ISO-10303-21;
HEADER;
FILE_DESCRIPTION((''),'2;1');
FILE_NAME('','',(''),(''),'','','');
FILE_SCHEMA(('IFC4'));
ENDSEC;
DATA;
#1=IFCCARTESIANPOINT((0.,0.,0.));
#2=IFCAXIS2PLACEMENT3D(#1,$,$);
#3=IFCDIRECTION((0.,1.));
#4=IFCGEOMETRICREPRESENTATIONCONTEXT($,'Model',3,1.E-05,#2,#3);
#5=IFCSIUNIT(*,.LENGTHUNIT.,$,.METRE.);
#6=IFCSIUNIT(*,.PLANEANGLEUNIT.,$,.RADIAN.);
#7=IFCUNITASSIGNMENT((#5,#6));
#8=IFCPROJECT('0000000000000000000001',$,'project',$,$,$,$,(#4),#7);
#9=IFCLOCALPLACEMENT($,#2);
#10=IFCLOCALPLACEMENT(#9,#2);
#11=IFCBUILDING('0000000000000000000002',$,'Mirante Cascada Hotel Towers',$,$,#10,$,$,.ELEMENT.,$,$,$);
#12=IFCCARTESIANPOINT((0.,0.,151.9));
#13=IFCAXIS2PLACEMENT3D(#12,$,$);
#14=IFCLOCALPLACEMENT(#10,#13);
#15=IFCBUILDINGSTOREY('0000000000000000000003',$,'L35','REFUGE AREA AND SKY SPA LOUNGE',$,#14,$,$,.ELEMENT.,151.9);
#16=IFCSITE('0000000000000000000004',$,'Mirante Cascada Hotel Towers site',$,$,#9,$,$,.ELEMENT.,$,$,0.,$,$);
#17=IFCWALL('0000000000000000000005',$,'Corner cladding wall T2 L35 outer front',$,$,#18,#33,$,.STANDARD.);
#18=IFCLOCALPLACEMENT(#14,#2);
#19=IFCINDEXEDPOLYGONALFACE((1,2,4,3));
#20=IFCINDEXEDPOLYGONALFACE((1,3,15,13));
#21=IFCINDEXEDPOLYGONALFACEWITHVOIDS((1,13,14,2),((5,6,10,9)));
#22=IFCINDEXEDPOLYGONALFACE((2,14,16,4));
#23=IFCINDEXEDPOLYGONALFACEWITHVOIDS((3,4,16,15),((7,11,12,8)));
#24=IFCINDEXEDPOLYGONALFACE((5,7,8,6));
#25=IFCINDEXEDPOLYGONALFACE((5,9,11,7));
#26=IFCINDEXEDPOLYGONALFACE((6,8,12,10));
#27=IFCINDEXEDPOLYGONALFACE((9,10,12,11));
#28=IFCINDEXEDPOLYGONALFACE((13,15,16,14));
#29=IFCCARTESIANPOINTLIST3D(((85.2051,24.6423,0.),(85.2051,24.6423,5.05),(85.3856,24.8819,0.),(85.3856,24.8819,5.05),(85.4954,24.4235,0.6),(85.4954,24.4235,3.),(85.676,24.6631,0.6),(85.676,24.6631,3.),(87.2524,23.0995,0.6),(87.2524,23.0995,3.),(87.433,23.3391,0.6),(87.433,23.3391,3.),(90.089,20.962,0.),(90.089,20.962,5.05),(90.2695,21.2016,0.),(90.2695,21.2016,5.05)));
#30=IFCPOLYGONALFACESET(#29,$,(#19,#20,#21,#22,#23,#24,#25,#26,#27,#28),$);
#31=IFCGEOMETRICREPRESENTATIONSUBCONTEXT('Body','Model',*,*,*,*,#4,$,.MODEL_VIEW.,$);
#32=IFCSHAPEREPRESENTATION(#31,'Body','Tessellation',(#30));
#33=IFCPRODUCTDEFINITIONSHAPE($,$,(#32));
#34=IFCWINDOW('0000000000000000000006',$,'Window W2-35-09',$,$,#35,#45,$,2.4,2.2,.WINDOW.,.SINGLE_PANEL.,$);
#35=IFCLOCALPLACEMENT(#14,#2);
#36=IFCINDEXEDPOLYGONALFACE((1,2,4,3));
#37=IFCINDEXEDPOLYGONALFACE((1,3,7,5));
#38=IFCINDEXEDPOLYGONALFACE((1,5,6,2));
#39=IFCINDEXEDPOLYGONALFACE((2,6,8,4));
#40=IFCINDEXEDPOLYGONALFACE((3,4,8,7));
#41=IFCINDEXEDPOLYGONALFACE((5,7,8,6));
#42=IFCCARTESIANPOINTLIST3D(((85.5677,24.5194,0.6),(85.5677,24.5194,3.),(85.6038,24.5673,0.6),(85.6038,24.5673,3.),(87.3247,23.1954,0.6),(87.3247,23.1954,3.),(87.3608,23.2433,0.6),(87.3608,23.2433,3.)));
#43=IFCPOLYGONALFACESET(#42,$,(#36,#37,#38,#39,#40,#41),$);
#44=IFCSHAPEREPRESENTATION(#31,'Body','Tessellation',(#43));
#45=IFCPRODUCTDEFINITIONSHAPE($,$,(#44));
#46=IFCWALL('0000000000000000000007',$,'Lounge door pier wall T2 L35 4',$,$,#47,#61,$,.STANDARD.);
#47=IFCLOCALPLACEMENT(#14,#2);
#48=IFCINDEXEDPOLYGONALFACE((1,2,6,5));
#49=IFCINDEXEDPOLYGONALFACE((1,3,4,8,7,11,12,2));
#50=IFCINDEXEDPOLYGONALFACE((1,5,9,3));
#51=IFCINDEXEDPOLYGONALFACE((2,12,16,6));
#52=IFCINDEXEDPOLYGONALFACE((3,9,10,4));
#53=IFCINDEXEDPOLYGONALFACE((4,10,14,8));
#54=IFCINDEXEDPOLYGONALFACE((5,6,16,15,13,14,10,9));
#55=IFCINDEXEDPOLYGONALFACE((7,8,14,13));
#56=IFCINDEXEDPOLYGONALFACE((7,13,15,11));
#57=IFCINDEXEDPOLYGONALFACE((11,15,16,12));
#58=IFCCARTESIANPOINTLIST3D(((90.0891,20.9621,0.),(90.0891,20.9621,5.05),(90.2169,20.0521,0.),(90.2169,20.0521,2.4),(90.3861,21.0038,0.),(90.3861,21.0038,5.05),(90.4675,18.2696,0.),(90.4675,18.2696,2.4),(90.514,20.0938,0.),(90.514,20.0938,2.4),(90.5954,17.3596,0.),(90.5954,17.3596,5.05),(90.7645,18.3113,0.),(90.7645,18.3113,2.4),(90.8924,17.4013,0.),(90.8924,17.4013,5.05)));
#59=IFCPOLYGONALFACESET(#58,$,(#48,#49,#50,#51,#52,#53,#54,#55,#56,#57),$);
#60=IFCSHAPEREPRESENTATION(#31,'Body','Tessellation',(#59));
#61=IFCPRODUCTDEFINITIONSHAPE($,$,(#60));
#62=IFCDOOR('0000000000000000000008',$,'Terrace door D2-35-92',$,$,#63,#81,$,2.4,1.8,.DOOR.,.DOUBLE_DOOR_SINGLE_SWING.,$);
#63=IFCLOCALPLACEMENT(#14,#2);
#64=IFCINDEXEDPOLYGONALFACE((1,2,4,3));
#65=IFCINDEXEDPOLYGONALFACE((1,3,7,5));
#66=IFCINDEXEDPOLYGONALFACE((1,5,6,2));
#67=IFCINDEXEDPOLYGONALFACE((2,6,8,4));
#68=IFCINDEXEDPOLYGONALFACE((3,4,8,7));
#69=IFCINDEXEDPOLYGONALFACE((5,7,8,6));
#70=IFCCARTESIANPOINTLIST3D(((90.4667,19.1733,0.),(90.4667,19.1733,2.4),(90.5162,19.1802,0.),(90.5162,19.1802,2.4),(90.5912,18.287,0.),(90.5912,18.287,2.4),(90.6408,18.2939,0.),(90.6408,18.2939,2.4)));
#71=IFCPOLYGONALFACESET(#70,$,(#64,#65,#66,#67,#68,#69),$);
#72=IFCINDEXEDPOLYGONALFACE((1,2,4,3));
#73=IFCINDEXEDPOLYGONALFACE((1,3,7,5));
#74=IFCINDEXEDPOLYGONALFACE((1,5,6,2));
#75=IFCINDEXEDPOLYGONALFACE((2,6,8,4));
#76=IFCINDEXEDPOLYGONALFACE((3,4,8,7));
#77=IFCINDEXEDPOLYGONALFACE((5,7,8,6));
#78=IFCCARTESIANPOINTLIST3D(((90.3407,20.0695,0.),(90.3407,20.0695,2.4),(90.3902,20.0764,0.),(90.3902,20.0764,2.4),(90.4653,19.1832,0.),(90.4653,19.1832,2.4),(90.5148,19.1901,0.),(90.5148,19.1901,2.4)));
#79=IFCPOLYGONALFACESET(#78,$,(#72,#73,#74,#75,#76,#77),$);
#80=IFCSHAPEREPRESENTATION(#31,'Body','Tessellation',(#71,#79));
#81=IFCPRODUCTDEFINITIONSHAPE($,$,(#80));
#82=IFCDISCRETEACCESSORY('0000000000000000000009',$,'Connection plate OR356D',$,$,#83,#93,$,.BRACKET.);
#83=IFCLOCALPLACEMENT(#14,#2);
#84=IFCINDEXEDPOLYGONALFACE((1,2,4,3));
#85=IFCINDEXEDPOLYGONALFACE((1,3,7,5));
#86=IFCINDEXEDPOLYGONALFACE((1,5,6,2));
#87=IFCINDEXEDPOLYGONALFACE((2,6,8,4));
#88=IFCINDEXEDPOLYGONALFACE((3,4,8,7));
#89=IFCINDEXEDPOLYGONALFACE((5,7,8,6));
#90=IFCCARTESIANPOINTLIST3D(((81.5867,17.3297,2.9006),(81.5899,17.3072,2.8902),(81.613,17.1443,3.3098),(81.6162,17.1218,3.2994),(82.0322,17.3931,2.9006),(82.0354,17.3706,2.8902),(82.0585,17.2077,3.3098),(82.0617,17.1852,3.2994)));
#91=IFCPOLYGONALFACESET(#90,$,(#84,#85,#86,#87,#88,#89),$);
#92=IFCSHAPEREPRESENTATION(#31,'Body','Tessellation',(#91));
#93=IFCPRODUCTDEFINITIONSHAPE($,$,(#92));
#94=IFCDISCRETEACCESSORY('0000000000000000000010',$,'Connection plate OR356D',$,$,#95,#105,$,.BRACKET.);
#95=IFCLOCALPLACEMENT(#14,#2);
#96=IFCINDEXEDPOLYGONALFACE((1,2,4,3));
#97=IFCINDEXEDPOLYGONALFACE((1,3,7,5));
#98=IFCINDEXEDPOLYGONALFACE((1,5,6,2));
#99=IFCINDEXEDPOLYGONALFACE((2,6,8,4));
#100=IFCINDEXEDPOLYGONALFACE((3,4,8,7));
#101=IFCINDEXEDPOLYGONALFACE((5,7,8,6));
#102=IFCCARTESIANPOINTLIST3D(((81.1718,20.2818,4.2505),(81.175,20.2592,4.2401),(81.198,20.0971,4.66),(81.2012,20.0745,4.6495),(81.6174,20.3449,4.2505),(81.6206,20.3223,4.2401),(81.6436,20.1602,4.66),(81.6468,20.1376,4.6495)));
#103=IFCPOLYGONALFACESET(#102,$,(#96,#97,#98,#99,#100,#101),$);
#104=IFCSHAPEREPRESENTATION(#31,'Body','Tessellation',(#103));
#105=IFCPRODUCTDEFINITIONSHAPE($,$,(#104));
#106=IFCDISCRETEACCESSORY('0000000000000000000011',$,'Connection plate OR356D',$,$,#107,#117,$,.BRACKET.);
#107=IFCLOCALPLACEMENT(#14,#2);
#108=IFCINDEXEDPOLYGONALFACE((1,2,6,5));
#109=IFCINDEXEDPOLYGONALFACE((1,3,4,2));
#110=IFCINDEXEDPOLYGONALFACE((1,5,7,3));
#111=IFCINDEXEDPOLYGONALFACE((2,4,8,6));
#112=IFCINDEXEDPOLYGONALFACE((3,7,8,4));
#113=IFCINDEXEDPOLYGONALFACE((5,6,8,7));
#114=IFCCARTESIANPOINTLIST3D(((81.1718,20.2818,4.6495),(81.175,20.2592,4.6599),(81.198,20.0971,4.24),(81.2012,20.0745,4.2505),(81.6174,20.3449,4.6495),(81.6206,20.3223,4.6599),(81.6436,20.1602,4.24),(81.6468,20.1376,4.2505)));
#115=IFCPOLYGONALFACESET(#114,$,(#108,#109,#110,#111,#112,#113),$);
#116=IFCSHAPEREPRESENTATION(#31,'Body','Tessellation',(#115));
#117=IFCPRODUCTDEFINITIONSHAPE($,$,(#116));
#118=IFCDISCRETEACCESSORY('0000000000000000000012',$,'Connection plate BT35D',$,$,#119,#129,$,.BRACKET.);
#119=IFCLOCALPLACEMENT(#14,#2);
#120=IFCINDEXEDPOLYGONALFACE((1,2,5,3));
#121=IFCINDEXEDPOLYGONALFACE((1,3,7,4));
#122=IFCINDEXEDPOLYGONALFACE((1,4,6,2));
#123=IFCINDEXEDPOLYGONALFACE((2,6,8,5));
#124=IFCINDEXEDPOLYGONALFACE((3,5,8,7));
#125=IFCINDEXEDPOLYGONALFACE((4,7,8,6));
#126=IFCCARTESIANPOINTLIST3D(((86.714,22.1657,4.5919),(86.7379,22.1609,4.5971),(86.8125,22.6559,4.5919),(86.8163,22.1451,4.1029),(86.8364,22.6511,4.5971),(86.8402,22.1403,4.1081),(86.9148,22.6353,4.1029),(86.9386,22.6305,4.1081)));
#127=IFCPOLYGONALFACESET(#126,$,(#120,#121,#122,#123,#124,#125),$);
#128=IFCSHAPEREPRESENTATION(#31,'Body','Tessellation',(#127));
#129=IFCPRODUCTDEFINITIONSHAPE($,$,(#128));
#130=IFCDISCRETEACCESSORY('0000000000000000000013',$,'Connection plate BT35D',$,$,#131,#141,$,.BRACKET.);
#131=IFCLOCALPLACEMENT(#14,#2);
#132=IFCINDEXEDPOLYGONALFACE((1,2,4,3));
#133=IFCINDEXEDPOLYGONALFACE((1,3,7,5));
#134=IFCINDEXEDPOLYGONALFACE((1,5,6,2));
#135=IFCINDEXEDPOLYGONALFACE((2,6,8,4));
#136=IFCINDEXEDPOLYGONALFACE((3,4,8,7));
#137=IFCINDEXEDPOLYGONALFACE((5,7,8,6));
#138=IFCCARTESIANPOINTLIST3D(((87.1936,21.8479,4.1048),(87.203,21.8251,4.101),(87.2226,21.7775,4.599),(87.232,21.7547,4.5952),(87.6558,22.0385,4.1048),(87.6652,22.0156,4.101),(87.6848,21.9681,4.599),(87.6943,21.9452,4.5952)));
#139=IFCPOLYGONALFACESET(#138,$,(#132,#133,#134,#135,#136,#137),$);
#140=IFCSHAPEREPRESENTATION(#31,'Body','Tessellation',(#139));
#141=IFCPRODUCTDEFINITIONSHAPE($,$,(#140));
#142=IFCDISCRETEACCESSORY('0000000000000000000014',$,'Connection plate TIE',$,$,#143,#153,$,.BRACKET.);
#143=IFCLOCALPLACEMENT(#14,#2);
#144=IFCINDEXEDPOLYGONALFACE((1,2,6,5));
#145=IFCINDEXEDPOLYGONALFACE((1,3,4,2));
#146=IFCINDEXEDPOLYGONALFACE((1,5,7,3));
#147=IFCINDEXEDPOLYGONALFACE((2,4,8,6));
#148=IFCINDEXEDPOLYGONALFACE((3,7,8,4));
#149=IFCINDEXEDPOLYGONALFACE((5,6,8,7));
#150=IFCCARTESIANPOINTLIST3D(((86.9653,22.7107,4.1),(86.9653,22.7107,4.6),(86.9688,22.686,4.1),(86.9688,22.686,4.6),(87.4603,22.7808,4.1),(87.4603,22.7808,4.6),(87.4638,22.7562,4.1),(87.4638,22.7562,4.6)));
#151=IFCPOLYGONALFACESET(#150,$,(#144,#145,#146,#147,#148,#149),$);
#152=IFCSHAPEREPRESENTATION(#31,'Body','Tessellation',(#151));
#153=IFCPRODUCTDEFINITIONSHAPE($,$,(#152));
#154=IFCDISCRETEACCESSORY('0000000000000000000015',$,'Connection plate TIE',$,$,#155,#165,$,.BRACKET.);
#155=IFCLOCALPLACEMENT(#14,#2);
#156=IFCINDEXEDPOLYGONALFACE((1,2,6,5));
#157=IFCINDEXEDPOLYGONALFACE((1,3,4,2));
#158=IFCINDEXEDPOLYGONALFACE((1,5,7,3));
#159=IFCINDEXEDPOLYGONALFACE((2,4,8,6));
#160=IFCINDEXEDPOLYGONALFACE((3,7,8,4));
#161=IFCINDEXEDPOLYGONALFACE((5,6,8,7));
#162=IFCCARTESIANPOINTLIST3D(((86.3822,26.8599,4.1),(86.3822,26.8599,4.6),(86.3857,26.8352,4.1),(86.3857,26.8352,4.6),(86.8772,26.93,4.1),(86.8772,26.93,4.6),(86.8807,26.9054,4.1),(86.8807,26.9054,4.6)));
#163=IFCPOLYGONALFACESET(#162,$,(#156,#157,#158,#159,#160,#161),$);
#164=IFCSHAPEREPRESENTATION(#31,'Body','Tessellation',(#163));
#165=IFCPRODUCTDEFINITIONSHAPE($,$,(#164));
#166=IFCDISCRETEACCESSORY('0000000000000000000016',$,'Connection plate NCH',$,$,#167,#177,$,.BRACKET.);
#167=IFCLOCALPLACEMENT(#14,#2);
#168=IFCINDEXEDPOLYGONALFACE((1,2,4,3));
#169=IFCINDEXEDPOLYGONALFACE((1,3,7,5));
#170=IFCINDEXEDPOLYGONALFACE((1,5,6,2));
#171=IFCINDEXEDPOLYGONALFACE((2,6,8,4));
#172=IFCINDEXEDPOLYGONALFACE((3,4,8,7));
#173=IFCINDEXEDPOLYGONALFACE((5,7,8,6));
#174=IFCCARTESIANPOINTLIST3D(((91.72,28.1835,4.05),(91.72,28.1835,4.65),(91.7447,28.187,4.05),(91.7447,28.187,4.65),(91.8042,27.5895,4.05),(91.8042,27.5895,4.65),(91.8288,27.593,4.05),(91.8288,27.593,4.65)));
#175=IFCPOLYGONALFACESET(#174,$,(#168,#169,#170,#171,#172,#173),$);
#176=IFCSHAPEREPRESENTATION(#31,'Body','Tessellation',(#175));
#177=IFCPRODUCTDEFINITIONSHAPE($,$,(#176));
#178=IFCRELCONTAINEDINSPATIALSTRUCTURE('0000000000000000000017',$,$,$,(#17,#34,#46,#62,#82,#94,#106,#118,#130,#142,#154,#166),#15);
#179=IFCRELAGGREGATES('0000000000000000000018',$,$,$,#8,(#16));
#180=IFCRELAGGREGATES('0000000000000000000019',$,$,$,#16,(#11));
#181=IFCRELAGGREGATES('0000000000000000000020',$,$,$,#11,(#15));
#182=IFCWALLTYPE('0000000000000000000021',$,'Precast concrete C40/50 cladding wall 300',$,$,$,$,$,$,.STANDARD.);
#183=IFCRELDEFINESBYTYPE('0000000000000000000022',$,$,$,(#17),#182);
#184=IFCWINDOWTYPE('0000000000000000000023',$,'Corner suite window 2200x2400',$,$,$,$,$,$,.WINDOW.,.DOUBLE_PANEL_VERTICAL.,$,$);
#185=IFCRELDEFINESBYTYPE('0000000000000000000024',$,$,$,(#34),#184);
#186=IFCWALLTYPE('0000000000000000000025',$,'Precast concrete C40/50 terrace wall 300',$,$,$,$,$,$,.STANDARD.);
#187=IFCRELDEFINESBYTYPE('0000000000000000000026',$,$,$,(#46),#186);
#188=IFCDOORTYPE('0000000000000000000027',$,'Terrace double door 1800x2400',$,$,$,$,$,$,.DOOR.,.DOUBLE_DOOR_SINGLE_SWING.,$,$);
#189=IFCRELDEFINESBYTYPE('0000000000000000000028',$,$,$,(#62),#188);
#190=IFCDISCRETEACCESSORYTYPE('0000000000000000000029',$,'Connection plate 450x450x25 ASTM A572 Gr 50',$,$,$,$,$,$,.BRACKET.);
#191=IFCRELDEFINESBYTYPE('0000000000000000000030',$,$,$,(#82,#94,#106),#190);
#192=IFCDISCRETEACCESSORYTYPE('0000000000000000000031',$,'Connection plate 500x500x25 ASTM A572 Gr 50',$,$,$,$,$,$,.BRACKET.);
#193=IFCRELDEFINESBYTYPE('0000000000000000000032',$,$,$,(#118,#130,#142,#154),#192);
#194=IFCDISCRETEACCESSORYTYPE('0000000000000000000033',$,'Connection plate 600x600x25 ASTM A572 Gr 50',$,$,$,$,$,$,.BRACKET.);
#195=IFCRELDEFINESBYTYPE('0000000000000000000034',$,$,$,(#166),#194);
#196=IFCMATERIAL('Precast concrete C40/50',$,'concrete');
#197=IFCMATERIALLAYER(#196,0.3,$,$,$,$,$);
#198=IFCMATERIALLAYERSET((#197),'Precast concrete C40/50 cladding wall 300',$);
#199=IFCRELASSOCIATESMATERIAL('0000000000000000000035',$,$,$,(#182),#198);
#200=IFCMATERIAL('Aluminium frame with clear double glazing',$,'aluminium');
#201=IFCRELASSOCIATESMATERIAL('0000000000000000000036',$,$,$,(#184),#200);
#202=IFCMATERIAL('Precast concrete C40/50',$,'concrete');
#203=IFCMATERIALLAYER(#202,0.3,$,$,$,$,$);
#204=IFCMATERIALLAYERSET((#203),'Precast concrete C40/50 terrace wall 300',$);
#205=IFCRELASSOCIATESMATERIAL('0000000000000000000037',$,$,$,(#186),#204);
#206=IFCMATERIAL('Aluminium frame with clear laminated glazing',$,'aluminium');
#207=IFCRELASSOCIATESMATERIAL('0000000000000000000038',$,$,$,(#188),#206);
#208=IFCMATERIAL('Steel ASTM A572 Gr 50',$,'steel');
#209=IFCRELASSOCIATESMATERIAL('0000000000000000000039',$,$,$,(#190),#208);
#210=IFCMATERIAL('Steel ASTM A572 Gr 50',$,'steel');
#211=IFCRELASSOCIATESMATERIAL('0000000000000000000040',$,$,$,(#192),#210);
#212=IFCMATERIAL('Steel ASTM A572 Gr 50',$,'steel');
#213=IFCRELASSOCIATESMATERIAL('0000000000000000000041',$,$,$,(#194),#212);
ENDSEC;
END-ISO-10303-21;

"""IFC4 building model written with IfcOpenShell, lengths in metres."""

from ifc_helpers import new_model, si_unit, direction, frame, frame_2d, origin, origin_2d, place, context, subcontext, project, spatial, rectangle, extrude, material, layer, layer_set, material_profile, profile_set, type_object, element, fill, save


model = new_model("IFC4")

# Units and contexts
model_context = context("Model", 3, precision=1e-05, world=origin(), true_north=direction((0.0, 1.0)))
body_context = subcontext(model_context, "Body", "Model", "MODEL_VIEW")
ifc_project = project(units=[si_unit("LENGTHUNIT", "METRE"), si_unit("PLANEANGLEUNIT", "RADIAN")], contexts=[model_context])

# Site, building, storey
site_placement = place(None, origin())
site = spatial("IfcSite", under=ifc_project, at=site_placement, Name="Mirante Cascada Hotel Towers site", CompositionType="ELEMENT", RefElevation=0.0)
building_placement = place(site_placement, origin())
building = spatial("IfcBuilding", under=site, at=building_placement, Name="Mirante Cascada Hotel Towers", CompositionType="ELEMENT")
storey_placement = place(building_placement, frame((0.0, 0.0, 151.9)))
storey = spatial("IfcBuildingStorey", under=building, at=storey_placement, Name="L35", Description="REFUGE AREA AND SKY SPA LOUNGE", CompositionType="ELEMENT", Elevation=151.9)

# Wall, opening, window
ifc_material_1 = material(Name="Precast concrete C40/50", Category="concrete")
ifc_layer_1 = layer(ifc_material_1, 0.3)
ifc_layer_set_1 = layer_set([ifc_layer_1], Name="Precast concrete C40/50 cladding wall 300")
wall_type_1 = type_object("IfcWallType", Name="Precast concrete C40/50 cladding wall 300", PredefinedType="STANDARD", material=ifc_layer_set_1)
wall_1_placement = place(storey_placement, frame((90.1793, 21.0818, 0.0), z_axis=(0.0, 0.0, 1.0), x_axis=(-0.798634, 0.601817, 0.0)))
wall_1 = element("IfcWall", 1, at=wall_1_placement, inside=storey, type_object=wall_type_1, Name="Corner cladding wall T2 L35 outer front", PredefinedType="STANDARD", context=body_context, shape_type="SweptSolid", body=[
    extrude(rectangle(XDim=6.1153, YDim=0.3, at=frame_2d((3.0577, 0.0))), origin(), (0.0, 0.0, 1.0), 5.05),
])
opening_1_placement = place(wall_1_placement, frame((3.5518, 0.0, 0.6)))
opening_1 = element("IfcOpeningElement", 2, at=opening_1_placement, cuts=wall_1, PredefinedType="OPENING", context=body_context, shape_type="SweptSolid", body=[
    extrude(rectangle(XDim=2.2, YDim=2.4, at=frame_2d((1.1, 1.2))), frame((0.0, 0.15, 0.0), z_axis=(0.0, -1.0, 0.0), x_axis=(1.0, 0.0, 0.0)), (0.0, 0.0, 1.0), 0.3),
])
ifc_material_2 = material(Name="Aluminium frame with clear double glazing", Category="aluminium")
window_type = type_object("IfcWindowType", Name="Corner suite window 2200x2400", PartitioningType="DOUBLE_PANEL_VERTICAL", PredefinedType="WINDOW", material=ifc_material_2)
window_placement = place(opening_1_placement, origin())
window = element("IfcWindow", 3, at=window_placement, inside=storey, type_object=window_type, Name="Window W2-35-09", OverallHeight=2.4, OverallWidth=2.2, PartitioningType="SINGLE_PANEL", PredefinedType="WINDOW", context=body_context, shape_type="SweptSolid", body=[
    extrude(rectangle(XDim=2.2, YDim=2.4, at=frame_2d((1.1, 1.2))), frame((0.0, 0.03, 0.0), z_axis=(0.0, -1.0, 0.0), x_axis=(1.0, 0.0, 0.0)), (0.0, 0.0, 1.0), 0.06),
])
fill(opening_1, window)

# Wall, opening, door
ifc_material_3 = material(Name="Precast concrete C40/50", Category="concrete")
ifc_layer_2 = layer(ifc_material_3, 0.3)
ifc_layer_set_2 = layer_set([ifc_layer_2], Name="Precast concrete C40/50 terrace wall 300")
wall_type_2 = type_object("IfcWallType", Name="Precast concrete C40/50 terrace wall 300", PredefinedType="STANDARD", material=ifc_layer_set_2)
wall_2_placement = place(storey_placement, frame((90.7439, 17.3804, 0.0), z_axis=(0.0, 0.0, 1.0), x_axis=(-0.139174, 0.990268, 0.0)))
wall_2 = element("IfcWall", 4, at=wall_2_placement, inside=storey, type_object=wall_type_2, Name="Lounge door pier wall T2 L35 4", PredefinedType="STANDARD", context=body_context, shape_type="SweptSolid", body=[
    extrude(rectangle(XDim=3.6379, YDim=0.3, at=frame_2d((1.819, 0.0))), origin(), (0.0, 0.0, 1.0), 5.05),
])
opening_2_placement = place(wall_2_placement, frame((0.919, 0.0, 0.0)))
opening_2 = element("IfcOpeningElement", 5, at=opening_2_placement, cuts=wall_2, PredefinedType="OPENING", context=body_context, shape_type="SweptSolid", body=[
    extrude(rectangle(XDim=1.8, YDim=2.4, at=frame_2d((0.9, 1.2))), frame((0.0, 0.15, 0.0), z_axis=(0.0, -1.0, 0.0), x_axis=(1.0, 0.0, 0.0)), (0.0, 0.0, 1.0), 0.3),
])
ifc_material_4 = material(Name="Aluminium frame with clear laminated glazing", Category="aluminium")
door_type = type_object("IfcDoorType", Name="Terrace double door 1800x2400", OperationType="DOUBLE_DOOR_SINGLE_SWING", PredefinedType="DOOR", material=ifc_material_4)
door_placement = place(opening_2_placement, origin())
door = element("IfcDoor", 6, at=door_placement, inside=storey, type_object=door_type, Name="Terrace door D2-35-92", OperationType="DOUBLE_DOOR_SINGLE_SWING", OverallHeight=2.4, OverallWidth=1.8, PredefinedType="DOOR", context=body_context, shape_type="SweptSolid", body=[
    extrude(rectangle(XDim=0.895, YDim=2.4, at=frame_2d((0.4475, 1.2))), frame((0.0, 0.025, 0.0), z_axis=(0.0, -1.0, 0.0), x_axis=(1.0, 0.0, 0.0)), (0.0, 0.0, 1.0), 0.05),
    extrude(rectangle(XDim=0.895, YDim=2.4, at=frame_2d((1.3525, 1.2))), frame((0.0, 0.025, 0.0), z_axis=(0.0, -1.0, 0.0), x_axis=(1.0, 0.0, 0.0)), (0.0, 0.0, 1.0), 0.05),
])
fill(opening_2, door)

# Discrete accessories
ifc_material_5 = material(Name="Steel ASTM A572 Gr 50", Category="steel")
ifc_material_profile_1 = material_profile(ifc_material_5, rectangle(XDim=0.45, YDim=0.45, at=origin_2d()), Name="Connection plate 450x450x25 ASTM A572 Gr 50")
ifc_profile_set_1 = profile_set([ifc_material_profile_1], Name="Steel ASTM A572 Gr 50")
discrete_accessory_type_1 = type_object("IfcDiscreteAccessoryType", Name="Connection plate 450x450x25 ASTM A572 Gr 50", PredefinedType="BRACKET", material=ifc_profile_set_1)
discrete_accessory_1_placement = place(storey_placement, frame((81.8258, 17.2462, 3.0948), z_axis=(-0.128036, 0.900252, 0.416117), x_axis=(-0.990037, -0.140805, 0.0)))
element("IfcDiscreteAccessory", 7, at=discrete_accessory_1_placement, inside=storey, type_object=discrete_accessory_type_1, Name="Connection plate OR356D", PredefinedType="BRACKET", context=body_context, shape_type="SweptSolid", body=[
    extrude(rectangle(XDim=0.45, YDim=0.45, at=origin_2d()), origin(), (0.0, 0.0, 1.0), 0.025),
])
for number, where, z_axis, x_axis, name in (
    (8, (81.4109, 20.1984, 4.4448), (-0.127576, 0.901006, 0.414622), (-0.990124, -0.140194, 0.0), "Connection plate OR356D"),
    (9, (81.4109, 20.1984, 4.4552), (-0.127576, 0.901006, -0.414622), (-0.990124, -0.140194, 0.0), "Connection plate OR356D"),
):
    element("IfcDiscreteAccessory", number, at=place(storey_placement, frame(where, z_axis=z_axis, x_axis=x_axis)), inside=storey, type_object=discrete_accessory_type_1, Name=name, PredefinedType="BRACKET", context=body_context, shape_type="SweptSolid", body=[
        extrude(rectangle(XDim=0.45, YDim=0.45, at=origin_2d()), origin(), (0.0, 0.0, 1.0), 0.0251),
    ])
ifc_material_6 = material(Name="Steel ASTM A572 Gr 50", Category="steel")
ifc_material_profile_2 = material_profile(ifc_material_6, rectangle(XDim=0.5, YDim=0.5, at=origin_2d()), Name="Connection plate 500x500x25 ASTM A572 Gr 50")
ifc_profile_set_2 = profile_set([ifc_material_profile_2], Name="Steel ASTM A572 Gr 50")
discrete_accessory_type_2 = type_object("IfcDiscreteAccessoryType", Name="Connection plate 500x500x25 ASTM A572 Gr 50", PredefinedType="BRACKET", material=ifc_profile_set_2)
discrete_accessory_2_placement = place(storey_placement, frame((86.8144, 22.4005, 4.3474), z_axis=(0.95885, -0.192572, 0.20862), x_axis=(0.196905, 0.980423, 0.0)))
element("IfcDiscreteAccessory", 10, at=discrete_accessory_2_placement, inside=storey, type_object=discrete_accessory_type_2, Name="Connection plate BT35D", PredefinedType="BRACKET", context=body_context, shape_type="SweptSolid", body=[
    extrude(rectangle(XDim=0.5, YDim=0.5, at=origin_2d()), origin(), (0.0, 0.0, 1.0), 0.0249),
])
discrete_accessory_3_placement = place(storey_placement, frame((87.4392, 21.908, 4.3519), z_axis=(0.376712, -0.913727, -0.152288), x_axis=(0.92451, 0.381158, 0.0)))
element("IfcDiscreteAccessory", 11, at=discrete_accessory_3_placement, inside=storey, type_object=discrete_accessory_type_2, Name="Connection plate BT35D", PredefinedType="BRACKET", context=body_context, shape_type="SweptSolid", body=[
    extrude(rectangle(XDim=0.5, YDim=0.5, at=origin_2d()), origin(), (0.0, 0.0, 1.0), 0.025),
])
for number, where, z_axis, x_axis, name in (
    (12, (87.2163, 22.7211, 4.35), (-0.140299, 0.990109, 0.0), (-0.990109, -0.140299, 0.0), "Connection plate TIE"),
    (13, (86.6332, 26.8703, 4.35), (-0.140299, 0.990109, 0.0), (-0.990109, -0.140299, 0.0), "Connection plate TIE"),
):
    element("IfcDiscreteAccessory", number, at=place(storey_placement, frame(where, z_axis=z_axis, x_axis=x_axis)), inside=storey, type_object=discrete_accessory_type_2, Name=name, PredefinedType="BRACKET", context=body_context, shape_type="SweptSolid", body=[
        extrude(rectangle(XDim=0.5, YDim=0.5, at=origin_2d()), origin(), (0.0, 0.0, 1.0), 0.0249),
    ])
ifc_material_7 = material(Name="Steel ASTM A572 Gr 50", Category="steel")
ifc_material_profile_3 = material_profile(ifc_material_7, rectangle(XDim=0.6, YDim=0.6, at=origin_2d()), Name="Connection plate 600x600x25 ASTM A572 Gr 50")
ifc_profile_set_3 = profile_set([ifc_material_profile_3], Name="Steel ASTM A572 Gr 50")
discrete_accessory_type_3 = type_object("IfcDiscreteAccessoryType", Name="Connection plate 600x600x25 ASTM A572 Gr 50", PredefinedType="BRACKET", material=ifc_profile_set_3)
discrete_accessory_4_placement = place(storey_placement, frame((91.7621, 27.8865, 4.35), z_axis=(0.990109, 0.140299, 0.0), x_axis=(-0.140299, 0.990109, 0.0)))
element("IfcDiscreteAccessory", 14, at=discrete_accessory_4_placement, inside=storey, type_object=discrete_accessory_type_3, Name="Connection plate NCH", PredefinedType="BRACKET", context=body_context, shape_type="SweptSolid", body=[
    extrude(rectangle(XDim=0.6, YDim=0.6, at=origin_2d()), origin(), (0.0, 0.0, 1.0), 0.0249),
])

save(model, "model.ifc")
